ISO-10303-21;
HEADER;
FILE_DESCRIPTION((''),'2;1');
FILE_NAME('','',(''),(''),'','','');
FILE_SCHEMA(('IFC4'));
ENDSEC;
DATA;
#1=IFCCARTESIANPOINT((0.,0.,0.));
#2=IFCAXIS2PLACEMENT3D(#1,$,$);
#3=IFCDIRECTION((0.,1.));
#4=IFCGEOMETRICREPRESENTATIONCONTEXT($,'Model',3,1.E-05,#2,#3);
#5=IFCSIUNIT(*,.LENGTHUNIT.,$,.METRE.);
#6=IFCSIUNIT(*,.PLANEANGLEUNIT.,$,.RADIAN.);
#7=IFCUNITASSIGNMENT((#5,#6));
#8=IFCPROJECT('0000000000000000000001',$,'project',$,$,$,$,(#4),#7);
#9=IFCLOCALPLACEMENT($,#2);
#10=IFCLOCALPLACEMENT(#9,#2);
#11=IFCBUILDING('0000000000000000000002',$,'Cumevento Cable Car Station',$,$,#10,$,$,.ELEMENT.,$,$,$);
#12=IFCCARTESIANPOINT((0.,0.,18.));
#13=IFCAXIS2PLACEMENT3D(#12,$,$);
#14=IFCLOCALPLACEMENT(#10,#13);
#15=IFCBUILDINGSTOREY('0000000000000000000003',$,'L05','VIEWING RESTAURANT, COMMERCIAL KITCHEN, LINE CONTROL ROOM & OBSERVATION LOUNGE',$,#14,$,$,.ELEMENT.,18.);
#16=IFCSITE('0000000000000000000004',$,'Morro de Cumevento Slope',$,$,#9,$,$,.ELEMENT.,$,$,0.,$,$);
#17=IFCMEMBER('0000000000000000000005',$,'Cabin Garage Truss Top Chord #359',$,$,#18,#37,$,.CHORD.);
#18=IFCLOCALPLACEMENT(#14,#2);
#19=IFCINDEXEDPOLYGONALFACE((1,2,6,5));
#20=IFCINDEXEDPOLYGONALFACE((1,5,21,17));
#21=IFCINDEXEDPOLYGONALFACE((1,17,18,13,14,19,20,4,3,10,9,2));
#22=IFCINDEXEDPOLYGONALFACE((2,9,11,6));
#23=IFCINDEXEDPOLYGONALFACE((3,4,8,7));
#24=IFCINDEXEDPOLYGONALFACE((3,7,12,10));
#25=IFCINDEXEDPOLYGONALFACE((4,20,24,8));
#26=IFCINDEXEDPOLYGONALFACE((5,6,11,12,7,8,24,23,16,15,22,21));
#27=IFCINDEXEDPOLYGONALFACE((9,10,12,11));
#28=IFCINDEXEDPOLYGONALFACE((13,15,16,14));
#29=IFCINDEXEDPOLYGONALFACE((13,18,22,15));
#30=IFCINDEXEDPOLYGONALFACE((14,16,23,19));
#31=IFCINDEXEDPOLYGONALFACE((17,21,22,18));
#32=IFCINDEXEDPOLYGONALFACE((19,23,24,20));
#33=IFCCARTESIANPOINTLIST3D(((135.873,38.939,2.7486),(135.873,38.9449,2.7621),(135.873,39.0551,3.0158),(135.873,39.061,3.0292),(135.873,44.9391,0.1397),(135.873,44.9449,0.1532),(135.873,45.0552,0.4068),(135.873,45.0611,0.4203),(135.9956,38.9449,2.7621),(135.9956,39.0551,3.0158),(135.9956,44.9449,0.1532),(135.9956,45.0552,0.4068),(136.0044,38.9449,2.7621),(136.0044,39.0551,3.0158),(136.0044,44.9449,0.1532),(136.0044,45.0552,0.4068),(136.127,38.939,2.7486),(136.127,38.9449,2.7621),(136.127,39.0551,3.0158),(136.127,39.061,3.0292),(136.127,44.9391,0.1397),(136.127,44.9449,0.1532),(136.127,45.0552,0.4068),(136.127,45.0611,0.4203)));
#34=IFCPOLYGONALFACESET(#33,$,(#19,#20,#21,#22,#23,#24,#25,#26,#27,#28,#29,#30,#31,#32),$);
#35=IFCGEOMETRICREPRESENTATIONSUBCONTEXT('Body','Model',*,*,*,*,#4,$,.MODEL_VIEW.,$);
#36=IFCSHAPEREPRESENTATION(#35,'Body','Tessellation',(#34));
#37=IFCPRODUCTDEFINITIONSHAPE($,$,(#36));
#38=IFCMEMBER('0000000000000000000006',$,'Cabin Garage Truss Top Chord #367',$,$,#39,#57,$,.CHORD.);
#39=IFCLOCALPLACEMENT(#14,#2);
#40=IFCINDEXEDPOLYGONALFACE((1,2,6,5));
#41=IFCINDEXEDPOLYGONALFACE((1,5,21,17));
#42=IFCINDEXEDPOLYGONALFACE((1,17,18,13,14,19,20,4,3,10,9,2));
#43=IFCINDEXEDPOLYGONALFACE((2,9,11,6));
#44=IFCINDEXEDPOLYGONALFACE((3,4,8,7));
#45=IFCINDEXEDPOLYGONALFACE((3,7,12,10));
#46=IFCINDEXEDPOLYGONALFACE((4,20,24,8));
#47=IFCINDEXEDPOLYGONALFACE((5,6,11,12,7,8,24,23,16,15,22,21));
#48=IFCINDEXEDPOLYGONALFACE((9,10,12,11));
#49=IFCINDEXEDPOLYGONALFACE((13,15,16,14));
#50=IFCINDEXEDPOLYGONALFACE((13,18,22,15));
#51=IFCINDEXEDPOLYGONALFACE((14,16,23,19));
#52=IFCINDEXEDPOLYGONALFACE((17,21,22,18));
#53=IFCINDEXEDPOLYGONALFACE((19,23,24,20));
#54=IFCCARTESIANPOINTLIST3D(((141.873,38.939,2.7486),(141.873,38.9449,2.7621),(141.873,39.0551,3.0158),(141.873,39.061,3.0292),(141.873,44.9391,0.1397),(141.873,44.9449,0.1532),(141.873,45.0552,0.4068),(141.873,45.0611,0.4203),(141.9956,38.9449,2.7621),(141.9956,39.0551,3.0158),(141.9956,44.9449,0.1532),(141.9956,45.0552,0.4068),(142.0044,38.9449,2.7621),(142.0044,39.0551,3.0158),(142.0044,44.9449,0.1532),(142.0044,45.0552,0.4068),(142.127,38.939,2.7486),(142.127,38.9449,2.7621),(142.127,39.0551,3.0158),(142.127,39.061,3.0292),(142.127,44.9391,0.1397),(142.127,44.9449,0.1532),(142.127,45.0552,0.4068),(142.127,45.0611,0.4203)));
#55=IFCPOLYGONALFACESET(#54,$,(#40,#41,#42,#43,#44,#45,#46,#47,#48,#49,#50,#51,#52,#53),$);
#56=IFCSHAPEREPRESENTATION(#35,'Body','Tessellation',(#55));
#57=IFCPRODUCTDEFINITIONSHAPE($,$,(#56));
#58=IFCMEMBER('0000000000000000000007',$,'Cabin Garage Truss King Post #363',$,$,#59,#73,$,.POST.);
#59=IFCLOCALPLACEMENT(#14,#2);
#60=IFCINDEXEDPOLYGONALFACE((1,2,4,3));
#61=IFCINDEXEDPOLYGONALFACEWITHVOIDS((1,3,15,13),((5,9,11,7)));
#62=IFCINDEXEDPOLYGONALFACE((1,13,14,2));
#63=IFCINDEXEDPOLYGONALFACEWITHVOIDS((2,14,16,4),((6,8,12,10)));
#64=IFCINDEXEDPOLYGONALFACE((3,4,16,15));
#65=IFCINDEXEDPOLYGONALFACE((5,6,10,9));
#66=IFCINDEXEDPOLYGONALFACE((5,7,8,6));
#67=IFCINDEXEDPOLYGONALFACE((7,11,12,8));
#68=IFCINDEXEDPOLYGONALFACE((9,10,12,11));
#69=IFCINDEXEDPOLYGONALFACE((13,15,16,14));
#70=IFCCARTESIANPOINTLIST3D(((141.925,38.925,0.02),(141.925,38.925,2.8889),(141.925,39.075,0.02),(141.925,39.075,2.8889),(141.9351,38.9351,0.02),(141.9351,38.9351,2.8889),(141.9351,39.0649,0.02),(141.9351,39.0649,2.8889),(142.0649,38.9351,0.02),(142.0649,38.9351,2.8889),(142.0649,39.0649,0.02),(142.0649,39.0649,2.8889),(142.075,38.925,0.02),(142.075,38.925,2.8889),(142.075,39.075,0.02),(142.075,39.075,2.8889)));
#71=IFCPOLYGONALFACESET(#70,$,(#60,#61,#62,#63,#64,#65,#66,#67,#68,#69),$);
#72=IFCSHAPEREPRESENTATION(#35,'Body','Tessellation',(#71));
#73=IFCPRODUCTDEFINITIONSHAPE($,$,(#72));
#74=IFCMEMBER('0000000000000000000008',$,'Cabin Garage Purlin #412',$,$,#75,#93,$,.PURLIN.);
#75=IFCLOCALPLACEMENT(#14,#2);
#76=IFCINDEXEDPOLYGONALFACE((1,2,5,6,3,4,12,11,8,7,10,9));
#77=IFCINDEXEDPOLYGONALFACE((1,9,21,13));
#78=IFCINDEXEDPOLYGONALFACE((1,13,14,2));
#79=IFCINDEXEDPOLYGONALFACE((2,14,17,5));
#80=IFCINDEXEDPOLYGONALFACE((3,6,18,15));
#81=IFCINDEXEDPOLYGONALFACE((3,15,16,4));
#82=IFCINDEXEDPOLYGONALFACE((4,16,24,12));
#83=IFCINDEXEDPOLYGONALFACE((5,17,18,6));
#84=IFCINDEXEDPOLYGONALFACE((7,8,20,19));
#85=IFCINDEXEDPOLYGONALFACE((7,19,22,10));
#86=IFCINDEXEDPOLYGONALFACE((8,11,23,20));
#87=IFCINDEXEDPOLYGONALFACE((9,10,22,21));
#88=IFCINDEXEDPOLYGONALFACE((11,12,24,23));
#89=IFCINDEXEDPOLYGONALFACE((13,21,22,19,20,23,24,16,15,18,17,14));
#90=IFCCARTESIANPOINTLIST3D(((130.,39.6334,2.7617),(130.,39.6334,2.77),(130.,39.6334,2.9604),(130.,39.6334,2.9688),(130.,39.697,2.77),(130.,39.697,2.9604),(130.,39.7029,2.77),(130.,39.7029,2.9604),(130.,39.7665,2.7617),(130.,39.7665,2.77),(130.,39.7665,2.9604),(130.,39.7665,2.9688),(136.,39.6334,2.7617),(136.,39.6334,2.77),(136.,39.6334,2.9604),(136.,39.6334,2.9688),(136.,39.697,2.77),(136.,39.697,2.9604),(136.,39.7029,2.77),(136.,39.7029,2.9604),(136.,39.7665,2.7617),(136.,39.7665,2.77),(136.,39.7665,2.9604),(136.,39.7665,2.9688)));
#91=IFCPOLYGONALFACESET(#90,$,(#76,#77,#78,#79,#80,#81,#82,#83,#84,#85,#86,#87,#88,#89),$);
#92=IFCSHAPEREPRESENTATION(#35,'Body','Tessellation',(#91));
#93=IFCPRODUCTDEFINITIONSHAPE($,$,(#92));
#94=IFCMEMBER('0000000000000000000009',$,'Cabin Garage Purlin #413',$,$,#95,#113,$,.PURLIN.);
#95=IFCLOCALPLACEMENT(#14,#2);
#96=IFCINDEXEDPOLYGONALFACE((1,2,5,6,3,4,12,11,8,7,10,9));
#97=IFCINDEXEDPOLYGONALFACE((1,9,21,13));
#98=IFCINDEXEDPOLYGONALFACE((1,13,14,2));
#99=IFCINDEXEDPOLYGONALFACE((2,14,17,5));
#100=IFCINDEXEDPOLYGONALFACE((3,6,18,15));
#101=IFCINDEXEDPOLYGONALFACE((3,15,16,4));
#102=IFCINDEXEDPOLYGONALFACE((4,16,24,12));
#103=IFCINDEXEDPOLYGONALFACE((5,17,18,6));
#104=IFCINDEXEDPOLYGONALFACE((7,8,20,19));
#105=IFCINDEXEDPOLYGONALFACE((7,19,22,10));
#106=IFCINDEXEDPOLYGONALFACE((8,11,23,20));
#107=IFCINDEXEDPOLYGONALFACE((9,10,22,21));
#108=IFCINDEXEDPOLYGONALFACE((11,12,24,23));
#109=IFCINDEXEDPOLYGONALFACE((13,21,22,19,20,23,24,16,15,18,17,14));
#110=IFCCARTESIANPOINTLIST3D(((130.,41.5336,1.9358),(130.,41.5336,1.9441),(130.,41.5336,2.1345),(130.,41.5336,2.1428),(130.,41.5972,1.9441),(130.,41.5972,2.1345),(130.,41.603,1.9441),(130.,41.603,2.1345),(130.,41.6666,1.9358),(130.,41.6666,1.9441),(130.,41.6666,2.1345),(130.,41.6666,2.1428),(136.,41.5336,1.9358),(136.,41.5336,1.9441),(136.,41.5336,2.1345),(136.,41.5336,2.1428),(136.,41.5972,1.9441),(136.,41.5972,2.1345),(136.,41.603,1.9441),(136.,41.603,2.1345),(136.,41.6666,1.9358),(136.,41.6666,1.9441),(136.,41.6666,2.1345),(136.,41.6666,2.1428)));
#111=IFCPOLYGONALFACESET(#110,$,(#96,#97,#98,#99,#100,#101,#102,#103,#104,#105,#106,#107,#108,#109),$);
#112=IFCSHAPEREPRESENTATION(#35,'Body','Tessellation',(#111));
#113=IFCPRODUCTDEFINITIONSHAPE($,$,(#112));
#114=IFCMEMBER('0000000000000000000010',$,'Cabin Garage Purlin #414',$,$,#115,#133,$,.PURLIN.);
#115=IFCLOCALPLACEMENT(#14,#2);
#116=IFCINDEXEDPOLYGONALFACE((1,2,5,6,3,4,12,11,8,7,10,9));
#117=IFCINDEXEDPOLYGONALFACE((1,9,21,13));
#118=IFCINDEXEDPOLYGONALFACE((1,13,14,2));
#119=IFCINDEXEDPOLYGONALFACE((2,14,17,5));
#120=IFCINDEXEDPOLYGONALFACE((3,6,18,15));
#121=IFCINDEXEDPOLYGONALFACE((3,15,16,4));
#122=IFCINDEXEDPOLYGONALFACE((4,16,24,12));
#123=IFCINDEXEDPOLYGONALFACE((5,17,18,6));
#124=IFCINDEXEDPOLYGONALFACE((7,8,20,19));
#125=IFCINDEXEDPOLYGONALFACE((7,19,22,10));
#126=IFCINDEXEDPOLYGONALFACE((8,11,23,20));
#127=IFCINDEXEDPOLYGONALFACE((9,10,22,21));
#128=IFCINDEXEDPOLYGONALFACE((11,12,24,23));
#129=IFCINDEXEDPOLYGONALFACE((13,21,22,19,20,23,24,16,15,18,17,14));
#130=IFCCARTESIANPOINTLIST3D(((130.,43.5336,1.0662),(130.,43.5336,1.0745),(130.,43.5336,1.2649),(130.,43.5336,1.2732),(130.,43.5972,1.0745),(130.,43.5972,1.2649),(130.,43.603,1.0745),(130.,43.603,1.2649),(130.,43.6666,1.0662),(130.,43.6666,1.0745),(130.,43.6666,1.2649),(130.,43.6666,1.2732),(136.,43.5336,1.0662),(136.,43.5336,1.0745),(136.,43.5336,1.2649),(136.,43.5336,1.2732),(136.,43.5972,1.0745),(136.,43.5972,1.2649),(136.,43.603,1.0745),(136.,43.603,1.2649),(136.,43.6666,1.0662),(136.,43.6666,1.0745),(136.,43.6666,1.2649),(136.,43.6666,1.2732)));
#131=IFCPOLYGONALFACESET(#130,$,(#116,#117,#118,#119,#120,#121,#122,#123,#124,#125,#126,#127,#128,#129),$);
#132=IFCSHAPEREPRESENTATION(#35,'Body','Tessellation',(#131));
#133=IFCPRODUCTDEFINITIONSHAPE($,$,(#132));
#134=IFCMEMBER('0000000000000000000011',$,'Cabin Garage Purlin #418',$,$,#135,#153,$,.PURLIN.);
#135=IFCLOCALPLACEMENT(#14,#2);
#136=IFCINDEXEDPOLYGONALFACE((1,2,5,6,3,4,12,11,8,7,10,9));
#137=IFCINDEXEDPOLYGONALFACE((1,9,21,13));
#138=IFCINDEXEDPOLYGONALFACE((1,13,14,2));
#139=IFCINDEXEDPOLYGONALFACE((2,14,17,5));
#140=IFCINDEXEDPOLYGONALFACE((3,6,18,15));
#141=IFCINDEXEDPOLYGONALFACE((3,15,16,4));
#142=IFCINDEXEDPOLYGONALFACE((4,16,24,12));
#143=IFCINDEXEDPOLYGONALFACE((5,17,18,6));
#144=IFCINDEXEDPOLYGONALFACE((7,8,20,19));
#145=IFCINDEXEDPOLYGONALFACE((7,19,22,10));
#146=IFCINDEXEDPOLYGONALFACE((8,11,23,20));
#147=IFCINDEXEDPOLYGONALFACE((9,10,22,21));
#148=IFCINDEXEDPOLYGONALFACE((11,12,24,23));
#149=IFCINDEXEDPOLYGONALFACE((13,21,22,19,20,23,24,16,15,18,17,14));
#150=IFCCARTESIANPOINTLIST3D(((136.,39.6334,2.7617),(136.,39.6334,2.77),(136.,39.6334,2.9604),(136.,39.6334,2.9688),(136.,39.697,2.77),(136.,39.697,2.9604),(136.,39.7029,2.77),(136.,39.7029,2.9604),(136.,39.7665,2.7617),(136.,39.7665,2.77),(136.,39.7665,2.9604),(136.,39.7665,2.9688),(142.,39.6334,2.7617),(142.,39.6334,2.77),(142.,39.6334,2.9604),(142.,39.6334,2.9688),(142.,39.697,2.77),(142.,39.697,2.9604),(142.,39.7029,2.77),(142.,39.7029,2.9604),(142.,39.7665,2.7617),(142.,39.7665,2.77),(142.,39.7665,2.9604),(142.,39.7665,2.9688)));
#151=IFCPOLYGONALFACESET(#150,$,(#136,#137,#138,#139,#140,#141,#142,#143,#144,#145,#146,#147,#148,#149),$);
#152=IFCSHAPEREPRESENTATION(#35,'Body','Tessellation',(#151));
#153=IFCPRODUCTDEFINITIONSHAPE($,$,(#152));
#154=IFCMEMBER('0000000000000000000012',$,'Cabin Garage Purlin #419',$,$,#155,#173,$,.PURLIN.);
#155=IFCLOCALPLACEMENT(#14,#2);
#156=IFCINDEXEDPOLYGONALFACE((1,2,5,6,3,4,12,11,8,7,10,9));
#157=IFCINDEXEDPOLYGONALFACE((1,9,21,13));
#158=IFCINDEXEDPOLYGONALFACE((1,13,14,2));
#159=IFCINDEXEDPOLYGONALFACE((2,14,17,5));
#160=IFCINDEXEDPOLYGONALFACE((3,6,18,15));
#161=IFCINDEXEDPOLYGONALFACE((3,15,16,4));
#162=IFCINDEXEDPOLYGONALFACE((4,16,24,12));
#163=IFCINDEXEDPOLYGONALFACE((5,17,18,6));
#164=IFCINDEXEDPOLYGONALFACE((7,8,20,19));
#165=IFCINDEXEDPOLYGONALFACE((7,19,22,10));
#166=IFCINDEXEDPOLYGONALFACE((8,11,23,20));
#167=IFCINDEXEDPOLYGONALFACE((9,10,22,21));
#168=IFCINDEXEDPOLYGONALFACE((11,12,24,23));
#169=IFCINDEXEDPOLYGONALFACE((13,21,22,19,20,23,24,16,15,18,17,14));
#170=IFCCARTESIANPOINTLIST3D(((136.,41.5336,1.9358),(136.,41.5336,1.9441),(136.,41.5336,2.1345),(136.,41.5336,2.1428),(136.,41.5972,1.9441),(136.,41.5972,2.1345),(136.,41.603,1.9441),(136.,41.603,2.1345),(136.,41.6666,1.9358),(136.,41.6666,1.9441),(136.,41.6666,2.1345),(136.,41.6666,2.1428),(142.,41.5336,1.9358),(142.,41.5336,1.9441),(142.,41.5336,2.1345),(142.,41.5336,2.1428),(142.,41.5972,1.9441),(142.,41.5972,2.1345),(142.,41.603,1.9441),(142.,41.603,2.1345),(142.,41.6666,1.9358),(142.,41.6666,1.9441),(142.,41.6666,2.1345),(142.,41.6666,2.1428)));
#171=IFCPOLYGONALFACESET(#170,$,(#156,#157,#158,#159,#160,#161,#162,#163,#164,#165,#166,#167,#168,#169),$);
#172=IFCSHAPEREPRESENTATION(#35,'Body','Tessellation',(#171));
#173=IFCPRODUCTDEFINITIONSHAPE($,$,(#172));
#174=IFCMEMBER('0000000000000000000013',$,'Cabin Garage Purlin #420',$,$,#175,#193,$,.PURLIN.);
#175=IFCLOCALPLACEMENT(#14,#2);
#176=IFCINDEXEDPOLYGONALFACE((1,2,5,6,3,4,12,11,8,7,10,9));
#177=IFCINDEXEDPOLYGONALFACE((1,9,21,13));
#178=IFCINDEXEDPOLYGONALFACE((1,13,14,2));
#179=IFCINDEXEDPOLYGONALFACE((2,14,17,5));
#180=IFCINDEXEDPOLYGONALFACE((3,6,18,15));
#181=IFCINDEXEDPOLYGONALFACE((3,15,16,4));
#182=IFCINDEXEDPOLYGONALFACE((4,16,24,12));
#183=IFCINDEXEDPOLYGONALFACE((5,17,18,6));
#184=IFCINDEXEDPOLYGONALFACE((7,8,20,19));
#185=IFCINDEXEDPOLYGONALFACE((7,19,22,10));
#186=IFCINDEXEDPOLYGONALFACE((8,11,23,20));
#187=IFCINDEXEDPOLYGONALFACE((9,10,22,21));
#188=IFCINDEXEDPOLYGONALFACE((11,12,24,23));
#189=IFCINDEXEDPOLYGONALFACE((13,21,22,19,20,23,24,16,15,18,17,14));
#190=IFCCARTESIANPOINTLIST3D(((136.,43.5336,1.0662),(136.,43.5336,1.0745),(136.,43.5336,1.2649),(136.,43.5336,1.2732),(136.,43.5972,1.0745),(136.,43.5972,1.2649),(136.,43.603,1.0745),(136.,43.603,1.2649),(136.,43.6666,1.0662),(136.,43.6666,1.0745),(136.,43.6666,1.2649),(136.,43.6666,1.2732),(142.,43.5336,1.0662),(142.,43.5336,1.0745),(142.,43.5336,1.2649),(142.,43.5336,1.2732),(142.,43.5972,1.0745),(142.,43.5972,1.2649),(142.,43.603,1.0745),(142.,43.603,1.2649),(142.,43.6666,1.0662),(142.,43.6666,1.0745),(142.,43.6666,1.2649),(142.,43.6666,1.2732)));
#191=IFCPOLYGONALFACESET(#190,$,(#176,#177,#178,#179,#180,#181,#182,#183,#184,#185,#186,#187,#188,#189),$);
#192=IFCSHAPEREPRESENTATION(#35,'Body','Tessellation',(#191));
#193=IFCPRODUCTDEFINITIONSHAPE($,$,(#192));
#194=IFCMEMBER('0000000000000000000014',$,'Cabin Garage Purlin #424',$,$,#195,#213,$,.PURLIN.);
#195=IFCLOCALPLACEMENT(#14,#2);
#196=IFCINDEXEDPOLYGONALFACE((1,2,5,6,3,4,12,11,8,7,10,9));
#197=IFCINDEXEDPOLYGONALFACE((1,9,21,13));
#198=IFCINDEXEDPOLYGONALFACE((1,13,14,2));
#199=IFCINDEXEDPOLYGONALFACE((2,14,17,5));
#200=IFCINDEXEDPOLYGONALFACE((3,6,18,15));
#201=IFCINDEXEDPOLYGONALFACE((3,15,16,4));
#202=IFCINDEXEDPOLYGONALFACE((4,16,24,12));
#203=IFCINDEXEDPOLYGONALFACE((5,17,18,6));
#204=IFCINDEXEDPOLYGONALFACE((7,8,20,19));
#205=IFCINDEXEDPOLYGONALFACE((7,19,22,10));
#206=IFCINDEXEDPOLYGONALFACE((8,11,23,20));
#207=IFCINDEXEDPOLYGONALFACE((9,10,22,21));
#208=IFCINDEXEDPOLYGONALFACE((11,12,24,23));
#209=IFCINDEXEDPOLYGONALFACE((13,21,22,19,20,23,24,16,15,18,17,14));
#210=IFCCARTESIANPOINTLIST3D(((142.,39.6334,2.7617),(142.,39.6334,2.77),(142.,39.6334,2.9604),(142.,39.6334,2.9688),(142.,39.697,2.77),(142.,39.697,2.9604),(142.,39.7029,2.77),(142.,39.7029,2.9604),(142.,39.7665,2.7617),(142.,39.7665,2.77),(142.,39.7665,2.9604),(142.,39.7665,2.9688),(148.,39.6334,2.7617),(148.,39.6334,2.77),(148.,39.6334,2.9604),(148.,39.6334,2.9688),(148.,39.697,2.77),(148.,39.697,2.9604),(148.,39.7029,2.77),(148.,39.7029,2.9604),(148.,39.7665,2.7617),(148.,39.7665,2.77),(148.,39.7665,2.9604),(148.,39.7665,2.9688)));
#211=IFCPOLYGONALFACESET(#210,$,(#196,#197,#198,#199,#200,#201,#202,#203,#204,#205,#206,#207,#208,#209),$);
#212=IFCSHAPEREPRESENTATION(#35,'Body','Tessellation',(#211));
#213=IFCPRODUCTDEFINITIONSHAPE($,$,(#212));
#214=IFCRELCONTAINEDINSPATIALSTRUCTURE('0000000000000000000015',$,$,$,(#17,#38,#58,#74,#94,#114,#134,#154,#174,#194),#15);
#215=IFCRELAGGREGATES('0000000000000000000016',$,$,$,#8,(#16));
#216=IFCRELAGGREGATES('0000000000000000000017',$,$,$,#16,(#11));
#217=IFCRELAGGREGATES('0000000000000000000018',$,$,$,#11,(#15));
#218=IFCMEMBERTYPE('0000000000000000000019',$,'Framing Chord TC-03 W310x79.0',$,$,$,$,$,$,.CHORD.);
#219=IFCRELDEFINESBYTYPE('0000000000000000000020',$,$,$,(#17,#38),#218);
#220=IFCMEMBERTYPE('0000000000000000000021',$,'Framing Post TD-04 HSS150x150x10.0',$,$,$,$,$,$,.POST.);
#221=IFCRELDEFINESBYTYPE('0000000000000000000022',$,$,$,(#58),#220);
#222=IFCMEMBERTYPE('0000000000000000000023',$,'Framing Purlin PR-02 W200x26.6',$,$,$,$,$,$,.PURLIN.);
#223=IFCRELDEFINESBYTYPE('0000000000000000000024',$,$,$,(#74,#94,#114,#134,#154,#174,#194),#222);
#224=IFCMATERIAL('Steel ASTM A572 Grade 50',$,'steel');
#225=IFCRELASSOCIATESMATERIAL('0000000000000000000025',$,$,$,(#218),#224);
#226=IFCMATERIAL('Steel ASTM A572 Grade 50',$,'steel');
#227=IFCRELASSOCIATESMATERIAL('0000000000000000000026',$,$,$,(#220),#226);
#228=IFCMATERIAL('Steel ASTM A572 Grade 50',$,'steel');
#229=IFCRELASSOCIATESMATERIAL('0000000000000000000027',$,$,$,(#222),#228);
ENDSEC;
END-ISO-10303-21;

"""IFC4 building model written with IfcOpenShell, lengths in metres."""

from ifc_helpers import new_model, si_unit, direction, frame, origin, origin_2d, place, context, subcontext, project, spatial, hollow_rectangle, i_section, extrude, material, material_profile, profile_set, type_object, element, save


model = new_model("IFC4")

# Units and contexts
model_context = context("Model", 3, precision=1e-05, world=origin(), true_north=direction((0.0, 1.0)))
body_context = subcontext(model_context, "Body", "Model", "MODEL_VIEW")
ifc_project = project(units=[si_unit("LENGTHUNIT", "METRE"), si_unit("PLANEANGLEUNIT", "RADIAN")], contexts=[model_context])

# Site, building, storey
site_placement = place(None, origin())
site = spatial("IfcSite", under=ifc_project, at=site_placement, Name="Morro de Cumevento Slope", CompositionType="ELEMENT", RefElevation=0.0)
building_placement = place(site_placement, origin())
building = spatial("IfcBuilding", under=site, at=building_placement, Name="Cumevento Cable Car Station", CompositionType="ELEMENT")
storey_placement = place(building_placement, frame((0.0, 0.0, 18.0)))
storey = spatial("IfcBuildingStorey", under=building, at=storey_placement, Name="L05", Description="VIEWING RESTAURANT, COMMERCIAL KITCHEN, LINE CONTROL ROOM & OBSERVATION LOUNGE", CompositionType="ELEMENT", Elevation=18.0)

# Members
ifc_material_1 = material(Name="Steel ASTM A572 Grade 50", Category="steel")
ifc_material_profile_1 = material_profile(ifc_material_1, i_section(OverallWidth=0.2539, OverallDepth=0.3059, WebThickness=0.0088, FlangeThickness=0.0146, at=origin_2d()), Name="W310x79.0")
ifc_profile_set_1 = profile_set([ifc_material_profile_1], Name="Steel ASTM A572 Grade 50")
member_type_1 = type_object("IfcMemberType", Name="Framing Chord TC-03 W310x79.0", PredefinedType="CHORD", material=ifc_profile_set_1)
for number, where, z_axis, x_axis, name in (
    (1, (136.0, 39.0, 2.8889), (0.0, 0.917059, -0.398751), (-1.0, 0.0, 0.0), "Cabin Garage Truss Top Chord #359"),
    (2, (142.0, 39.0, 2.8889), (0.0, 0.917059, -0.398751), (-1.0, 0.0, 0.0), "Cabin Garage Truss Top Chord #367"),
):
    element("IfcMember", number, at=place(storey_placement, frame(where, z_axis=z_axis, x_axis=x_axis)), inside=storey, type_object=member_type_1, Name=name, PredefinedType="CHORD", context=body_context, shape_type="SweptSolid", body=[
        extrude(i_section(OverallWidth=0.2539, OverallDepth=0.3059, WebThickness=0.0088, FlangeThickness=0.0146, at=origin_2d()), origin(), (0.0, 0.0, 1.0), 6.5427),
    ])
ifc_material_2 = material(Name="Steel ASTM A572 Grade 50", Category="steel")
ifc_material_profile_2 = material_profile(ifc_material_2, hollow_rectangle(XDim=0.1499, YDim=0.1499, WallThickness=0.01, at=origin_2d()), Name="HSS150x150x10.0")
ifc_profile_set_2 = profile_set([ifc_material_profile_2], Name="Steel ASTM A572 Grade 50")
member_type_2 = type_object("IfcMemberType", Name="Framing Post TD-04 HSS150x150x10.0", PredefinedType="POST", material=ifc_profile_set_2)
member_placement = place(storey_placement, frame((142.0, 39.0, 0.02), z_axis=(0.0, 0.0, 1.0), x_axis=(1.0, 0.0, 0.0)))
element("IfcMember", 3, at=member_placement, inside=storey, type_object=member_type_2, Name="Cabin Garage Truss King Post #363", PredefinedType="POST", context=body_context, shape_type="SweptSolid", body=[
    extrude(hollow_rectangle(XDim=0.1499, YDim=0.1499, WallThickness=0.01, at=origin_2d()), origin(), (0.0, 0.0, 1.0), 2.8689),
])
ifc_material_3 = material(Name="Steel ASTM A572 Grade 50", Category="steel")
ifc_material_profile_3 = material_profile(ifc_material_3, i_section(OverallWidth=0.1331, OverallDepth=0.207, WebThickness=0.0059, FlangeThickness=0.0083, at=origin_2d()), Name="W200x26.6")
ifc_profile_set_3 = profile_set([ifc_material_profile_3], Name="Steel ASTM A572 Grade 50")
member_type_3 = type_object("IfcMemberType", Name="Framing Purlin PR-02 W200x26.6", PredefinedType="PURLIN", material=ifc_profile_set_3)
for number, where, z_axis, x_axis, name in (
    (4, (130.0, 39.7, 2.8652), (1.0, 0.0, 0.0), (0.0, 1.0, 0.0), "Cabin Garage Purlin #412"),
    (5, (130.0, 41.6001, 2.0393), (1.0, 0.0, 0.0), (0.0, 1.0, 0.0), "Cabin Garage Purlin #413"),
    (6, (130.0, 43.6001, 1.1697), (1.0, 0.0, 0.0), (0.0, 1.0, 0.0), "Cabin Garage Purlin #414"),
    (7, (136.0, 39.7, 2.8652), (1.0, 0.0, 0.0), (0.0, 1.0, 0.0), "Cabin Garage Purlin #418"),
    (8, (136.0, 41.6001, 2.0393), (1.0, 0.0, 0.0), (0.0, 1.0, 0.0), "Cabin Garage Purlin #419"),
    (9, (136.0, 43.6001, 1.1697), (1.0, 0.0, 0.0), (0.0, 1.0, 0.0), "Cabin Garage Purlin #420"),
    (10, (142.0, 39.7, 2.8652), (1.0, 0.0, 0.0), (0.0, 1.0, 0.0), "Cabin Garage Purlin #424"),
):
    element("IfcMember", number, at=place(storey_placement, frame(where, z_axis=z_axis, x_axis=x_axis)), inside=storey, type_object=member_type_3, Name=name, PredefinedType="PURLIN", context=body_context, shape_type="SweptSolid", body=[
        extrude(i_section(OverallWidth=0.1331, OverallDepth=0.207, WebThickness=0.0059, FlangeThickness=0.0083, at=origin_2d()), origin(), (0.0, 0.0, 1.0), 6.0),
    ])

save(model, "model.ifc")
